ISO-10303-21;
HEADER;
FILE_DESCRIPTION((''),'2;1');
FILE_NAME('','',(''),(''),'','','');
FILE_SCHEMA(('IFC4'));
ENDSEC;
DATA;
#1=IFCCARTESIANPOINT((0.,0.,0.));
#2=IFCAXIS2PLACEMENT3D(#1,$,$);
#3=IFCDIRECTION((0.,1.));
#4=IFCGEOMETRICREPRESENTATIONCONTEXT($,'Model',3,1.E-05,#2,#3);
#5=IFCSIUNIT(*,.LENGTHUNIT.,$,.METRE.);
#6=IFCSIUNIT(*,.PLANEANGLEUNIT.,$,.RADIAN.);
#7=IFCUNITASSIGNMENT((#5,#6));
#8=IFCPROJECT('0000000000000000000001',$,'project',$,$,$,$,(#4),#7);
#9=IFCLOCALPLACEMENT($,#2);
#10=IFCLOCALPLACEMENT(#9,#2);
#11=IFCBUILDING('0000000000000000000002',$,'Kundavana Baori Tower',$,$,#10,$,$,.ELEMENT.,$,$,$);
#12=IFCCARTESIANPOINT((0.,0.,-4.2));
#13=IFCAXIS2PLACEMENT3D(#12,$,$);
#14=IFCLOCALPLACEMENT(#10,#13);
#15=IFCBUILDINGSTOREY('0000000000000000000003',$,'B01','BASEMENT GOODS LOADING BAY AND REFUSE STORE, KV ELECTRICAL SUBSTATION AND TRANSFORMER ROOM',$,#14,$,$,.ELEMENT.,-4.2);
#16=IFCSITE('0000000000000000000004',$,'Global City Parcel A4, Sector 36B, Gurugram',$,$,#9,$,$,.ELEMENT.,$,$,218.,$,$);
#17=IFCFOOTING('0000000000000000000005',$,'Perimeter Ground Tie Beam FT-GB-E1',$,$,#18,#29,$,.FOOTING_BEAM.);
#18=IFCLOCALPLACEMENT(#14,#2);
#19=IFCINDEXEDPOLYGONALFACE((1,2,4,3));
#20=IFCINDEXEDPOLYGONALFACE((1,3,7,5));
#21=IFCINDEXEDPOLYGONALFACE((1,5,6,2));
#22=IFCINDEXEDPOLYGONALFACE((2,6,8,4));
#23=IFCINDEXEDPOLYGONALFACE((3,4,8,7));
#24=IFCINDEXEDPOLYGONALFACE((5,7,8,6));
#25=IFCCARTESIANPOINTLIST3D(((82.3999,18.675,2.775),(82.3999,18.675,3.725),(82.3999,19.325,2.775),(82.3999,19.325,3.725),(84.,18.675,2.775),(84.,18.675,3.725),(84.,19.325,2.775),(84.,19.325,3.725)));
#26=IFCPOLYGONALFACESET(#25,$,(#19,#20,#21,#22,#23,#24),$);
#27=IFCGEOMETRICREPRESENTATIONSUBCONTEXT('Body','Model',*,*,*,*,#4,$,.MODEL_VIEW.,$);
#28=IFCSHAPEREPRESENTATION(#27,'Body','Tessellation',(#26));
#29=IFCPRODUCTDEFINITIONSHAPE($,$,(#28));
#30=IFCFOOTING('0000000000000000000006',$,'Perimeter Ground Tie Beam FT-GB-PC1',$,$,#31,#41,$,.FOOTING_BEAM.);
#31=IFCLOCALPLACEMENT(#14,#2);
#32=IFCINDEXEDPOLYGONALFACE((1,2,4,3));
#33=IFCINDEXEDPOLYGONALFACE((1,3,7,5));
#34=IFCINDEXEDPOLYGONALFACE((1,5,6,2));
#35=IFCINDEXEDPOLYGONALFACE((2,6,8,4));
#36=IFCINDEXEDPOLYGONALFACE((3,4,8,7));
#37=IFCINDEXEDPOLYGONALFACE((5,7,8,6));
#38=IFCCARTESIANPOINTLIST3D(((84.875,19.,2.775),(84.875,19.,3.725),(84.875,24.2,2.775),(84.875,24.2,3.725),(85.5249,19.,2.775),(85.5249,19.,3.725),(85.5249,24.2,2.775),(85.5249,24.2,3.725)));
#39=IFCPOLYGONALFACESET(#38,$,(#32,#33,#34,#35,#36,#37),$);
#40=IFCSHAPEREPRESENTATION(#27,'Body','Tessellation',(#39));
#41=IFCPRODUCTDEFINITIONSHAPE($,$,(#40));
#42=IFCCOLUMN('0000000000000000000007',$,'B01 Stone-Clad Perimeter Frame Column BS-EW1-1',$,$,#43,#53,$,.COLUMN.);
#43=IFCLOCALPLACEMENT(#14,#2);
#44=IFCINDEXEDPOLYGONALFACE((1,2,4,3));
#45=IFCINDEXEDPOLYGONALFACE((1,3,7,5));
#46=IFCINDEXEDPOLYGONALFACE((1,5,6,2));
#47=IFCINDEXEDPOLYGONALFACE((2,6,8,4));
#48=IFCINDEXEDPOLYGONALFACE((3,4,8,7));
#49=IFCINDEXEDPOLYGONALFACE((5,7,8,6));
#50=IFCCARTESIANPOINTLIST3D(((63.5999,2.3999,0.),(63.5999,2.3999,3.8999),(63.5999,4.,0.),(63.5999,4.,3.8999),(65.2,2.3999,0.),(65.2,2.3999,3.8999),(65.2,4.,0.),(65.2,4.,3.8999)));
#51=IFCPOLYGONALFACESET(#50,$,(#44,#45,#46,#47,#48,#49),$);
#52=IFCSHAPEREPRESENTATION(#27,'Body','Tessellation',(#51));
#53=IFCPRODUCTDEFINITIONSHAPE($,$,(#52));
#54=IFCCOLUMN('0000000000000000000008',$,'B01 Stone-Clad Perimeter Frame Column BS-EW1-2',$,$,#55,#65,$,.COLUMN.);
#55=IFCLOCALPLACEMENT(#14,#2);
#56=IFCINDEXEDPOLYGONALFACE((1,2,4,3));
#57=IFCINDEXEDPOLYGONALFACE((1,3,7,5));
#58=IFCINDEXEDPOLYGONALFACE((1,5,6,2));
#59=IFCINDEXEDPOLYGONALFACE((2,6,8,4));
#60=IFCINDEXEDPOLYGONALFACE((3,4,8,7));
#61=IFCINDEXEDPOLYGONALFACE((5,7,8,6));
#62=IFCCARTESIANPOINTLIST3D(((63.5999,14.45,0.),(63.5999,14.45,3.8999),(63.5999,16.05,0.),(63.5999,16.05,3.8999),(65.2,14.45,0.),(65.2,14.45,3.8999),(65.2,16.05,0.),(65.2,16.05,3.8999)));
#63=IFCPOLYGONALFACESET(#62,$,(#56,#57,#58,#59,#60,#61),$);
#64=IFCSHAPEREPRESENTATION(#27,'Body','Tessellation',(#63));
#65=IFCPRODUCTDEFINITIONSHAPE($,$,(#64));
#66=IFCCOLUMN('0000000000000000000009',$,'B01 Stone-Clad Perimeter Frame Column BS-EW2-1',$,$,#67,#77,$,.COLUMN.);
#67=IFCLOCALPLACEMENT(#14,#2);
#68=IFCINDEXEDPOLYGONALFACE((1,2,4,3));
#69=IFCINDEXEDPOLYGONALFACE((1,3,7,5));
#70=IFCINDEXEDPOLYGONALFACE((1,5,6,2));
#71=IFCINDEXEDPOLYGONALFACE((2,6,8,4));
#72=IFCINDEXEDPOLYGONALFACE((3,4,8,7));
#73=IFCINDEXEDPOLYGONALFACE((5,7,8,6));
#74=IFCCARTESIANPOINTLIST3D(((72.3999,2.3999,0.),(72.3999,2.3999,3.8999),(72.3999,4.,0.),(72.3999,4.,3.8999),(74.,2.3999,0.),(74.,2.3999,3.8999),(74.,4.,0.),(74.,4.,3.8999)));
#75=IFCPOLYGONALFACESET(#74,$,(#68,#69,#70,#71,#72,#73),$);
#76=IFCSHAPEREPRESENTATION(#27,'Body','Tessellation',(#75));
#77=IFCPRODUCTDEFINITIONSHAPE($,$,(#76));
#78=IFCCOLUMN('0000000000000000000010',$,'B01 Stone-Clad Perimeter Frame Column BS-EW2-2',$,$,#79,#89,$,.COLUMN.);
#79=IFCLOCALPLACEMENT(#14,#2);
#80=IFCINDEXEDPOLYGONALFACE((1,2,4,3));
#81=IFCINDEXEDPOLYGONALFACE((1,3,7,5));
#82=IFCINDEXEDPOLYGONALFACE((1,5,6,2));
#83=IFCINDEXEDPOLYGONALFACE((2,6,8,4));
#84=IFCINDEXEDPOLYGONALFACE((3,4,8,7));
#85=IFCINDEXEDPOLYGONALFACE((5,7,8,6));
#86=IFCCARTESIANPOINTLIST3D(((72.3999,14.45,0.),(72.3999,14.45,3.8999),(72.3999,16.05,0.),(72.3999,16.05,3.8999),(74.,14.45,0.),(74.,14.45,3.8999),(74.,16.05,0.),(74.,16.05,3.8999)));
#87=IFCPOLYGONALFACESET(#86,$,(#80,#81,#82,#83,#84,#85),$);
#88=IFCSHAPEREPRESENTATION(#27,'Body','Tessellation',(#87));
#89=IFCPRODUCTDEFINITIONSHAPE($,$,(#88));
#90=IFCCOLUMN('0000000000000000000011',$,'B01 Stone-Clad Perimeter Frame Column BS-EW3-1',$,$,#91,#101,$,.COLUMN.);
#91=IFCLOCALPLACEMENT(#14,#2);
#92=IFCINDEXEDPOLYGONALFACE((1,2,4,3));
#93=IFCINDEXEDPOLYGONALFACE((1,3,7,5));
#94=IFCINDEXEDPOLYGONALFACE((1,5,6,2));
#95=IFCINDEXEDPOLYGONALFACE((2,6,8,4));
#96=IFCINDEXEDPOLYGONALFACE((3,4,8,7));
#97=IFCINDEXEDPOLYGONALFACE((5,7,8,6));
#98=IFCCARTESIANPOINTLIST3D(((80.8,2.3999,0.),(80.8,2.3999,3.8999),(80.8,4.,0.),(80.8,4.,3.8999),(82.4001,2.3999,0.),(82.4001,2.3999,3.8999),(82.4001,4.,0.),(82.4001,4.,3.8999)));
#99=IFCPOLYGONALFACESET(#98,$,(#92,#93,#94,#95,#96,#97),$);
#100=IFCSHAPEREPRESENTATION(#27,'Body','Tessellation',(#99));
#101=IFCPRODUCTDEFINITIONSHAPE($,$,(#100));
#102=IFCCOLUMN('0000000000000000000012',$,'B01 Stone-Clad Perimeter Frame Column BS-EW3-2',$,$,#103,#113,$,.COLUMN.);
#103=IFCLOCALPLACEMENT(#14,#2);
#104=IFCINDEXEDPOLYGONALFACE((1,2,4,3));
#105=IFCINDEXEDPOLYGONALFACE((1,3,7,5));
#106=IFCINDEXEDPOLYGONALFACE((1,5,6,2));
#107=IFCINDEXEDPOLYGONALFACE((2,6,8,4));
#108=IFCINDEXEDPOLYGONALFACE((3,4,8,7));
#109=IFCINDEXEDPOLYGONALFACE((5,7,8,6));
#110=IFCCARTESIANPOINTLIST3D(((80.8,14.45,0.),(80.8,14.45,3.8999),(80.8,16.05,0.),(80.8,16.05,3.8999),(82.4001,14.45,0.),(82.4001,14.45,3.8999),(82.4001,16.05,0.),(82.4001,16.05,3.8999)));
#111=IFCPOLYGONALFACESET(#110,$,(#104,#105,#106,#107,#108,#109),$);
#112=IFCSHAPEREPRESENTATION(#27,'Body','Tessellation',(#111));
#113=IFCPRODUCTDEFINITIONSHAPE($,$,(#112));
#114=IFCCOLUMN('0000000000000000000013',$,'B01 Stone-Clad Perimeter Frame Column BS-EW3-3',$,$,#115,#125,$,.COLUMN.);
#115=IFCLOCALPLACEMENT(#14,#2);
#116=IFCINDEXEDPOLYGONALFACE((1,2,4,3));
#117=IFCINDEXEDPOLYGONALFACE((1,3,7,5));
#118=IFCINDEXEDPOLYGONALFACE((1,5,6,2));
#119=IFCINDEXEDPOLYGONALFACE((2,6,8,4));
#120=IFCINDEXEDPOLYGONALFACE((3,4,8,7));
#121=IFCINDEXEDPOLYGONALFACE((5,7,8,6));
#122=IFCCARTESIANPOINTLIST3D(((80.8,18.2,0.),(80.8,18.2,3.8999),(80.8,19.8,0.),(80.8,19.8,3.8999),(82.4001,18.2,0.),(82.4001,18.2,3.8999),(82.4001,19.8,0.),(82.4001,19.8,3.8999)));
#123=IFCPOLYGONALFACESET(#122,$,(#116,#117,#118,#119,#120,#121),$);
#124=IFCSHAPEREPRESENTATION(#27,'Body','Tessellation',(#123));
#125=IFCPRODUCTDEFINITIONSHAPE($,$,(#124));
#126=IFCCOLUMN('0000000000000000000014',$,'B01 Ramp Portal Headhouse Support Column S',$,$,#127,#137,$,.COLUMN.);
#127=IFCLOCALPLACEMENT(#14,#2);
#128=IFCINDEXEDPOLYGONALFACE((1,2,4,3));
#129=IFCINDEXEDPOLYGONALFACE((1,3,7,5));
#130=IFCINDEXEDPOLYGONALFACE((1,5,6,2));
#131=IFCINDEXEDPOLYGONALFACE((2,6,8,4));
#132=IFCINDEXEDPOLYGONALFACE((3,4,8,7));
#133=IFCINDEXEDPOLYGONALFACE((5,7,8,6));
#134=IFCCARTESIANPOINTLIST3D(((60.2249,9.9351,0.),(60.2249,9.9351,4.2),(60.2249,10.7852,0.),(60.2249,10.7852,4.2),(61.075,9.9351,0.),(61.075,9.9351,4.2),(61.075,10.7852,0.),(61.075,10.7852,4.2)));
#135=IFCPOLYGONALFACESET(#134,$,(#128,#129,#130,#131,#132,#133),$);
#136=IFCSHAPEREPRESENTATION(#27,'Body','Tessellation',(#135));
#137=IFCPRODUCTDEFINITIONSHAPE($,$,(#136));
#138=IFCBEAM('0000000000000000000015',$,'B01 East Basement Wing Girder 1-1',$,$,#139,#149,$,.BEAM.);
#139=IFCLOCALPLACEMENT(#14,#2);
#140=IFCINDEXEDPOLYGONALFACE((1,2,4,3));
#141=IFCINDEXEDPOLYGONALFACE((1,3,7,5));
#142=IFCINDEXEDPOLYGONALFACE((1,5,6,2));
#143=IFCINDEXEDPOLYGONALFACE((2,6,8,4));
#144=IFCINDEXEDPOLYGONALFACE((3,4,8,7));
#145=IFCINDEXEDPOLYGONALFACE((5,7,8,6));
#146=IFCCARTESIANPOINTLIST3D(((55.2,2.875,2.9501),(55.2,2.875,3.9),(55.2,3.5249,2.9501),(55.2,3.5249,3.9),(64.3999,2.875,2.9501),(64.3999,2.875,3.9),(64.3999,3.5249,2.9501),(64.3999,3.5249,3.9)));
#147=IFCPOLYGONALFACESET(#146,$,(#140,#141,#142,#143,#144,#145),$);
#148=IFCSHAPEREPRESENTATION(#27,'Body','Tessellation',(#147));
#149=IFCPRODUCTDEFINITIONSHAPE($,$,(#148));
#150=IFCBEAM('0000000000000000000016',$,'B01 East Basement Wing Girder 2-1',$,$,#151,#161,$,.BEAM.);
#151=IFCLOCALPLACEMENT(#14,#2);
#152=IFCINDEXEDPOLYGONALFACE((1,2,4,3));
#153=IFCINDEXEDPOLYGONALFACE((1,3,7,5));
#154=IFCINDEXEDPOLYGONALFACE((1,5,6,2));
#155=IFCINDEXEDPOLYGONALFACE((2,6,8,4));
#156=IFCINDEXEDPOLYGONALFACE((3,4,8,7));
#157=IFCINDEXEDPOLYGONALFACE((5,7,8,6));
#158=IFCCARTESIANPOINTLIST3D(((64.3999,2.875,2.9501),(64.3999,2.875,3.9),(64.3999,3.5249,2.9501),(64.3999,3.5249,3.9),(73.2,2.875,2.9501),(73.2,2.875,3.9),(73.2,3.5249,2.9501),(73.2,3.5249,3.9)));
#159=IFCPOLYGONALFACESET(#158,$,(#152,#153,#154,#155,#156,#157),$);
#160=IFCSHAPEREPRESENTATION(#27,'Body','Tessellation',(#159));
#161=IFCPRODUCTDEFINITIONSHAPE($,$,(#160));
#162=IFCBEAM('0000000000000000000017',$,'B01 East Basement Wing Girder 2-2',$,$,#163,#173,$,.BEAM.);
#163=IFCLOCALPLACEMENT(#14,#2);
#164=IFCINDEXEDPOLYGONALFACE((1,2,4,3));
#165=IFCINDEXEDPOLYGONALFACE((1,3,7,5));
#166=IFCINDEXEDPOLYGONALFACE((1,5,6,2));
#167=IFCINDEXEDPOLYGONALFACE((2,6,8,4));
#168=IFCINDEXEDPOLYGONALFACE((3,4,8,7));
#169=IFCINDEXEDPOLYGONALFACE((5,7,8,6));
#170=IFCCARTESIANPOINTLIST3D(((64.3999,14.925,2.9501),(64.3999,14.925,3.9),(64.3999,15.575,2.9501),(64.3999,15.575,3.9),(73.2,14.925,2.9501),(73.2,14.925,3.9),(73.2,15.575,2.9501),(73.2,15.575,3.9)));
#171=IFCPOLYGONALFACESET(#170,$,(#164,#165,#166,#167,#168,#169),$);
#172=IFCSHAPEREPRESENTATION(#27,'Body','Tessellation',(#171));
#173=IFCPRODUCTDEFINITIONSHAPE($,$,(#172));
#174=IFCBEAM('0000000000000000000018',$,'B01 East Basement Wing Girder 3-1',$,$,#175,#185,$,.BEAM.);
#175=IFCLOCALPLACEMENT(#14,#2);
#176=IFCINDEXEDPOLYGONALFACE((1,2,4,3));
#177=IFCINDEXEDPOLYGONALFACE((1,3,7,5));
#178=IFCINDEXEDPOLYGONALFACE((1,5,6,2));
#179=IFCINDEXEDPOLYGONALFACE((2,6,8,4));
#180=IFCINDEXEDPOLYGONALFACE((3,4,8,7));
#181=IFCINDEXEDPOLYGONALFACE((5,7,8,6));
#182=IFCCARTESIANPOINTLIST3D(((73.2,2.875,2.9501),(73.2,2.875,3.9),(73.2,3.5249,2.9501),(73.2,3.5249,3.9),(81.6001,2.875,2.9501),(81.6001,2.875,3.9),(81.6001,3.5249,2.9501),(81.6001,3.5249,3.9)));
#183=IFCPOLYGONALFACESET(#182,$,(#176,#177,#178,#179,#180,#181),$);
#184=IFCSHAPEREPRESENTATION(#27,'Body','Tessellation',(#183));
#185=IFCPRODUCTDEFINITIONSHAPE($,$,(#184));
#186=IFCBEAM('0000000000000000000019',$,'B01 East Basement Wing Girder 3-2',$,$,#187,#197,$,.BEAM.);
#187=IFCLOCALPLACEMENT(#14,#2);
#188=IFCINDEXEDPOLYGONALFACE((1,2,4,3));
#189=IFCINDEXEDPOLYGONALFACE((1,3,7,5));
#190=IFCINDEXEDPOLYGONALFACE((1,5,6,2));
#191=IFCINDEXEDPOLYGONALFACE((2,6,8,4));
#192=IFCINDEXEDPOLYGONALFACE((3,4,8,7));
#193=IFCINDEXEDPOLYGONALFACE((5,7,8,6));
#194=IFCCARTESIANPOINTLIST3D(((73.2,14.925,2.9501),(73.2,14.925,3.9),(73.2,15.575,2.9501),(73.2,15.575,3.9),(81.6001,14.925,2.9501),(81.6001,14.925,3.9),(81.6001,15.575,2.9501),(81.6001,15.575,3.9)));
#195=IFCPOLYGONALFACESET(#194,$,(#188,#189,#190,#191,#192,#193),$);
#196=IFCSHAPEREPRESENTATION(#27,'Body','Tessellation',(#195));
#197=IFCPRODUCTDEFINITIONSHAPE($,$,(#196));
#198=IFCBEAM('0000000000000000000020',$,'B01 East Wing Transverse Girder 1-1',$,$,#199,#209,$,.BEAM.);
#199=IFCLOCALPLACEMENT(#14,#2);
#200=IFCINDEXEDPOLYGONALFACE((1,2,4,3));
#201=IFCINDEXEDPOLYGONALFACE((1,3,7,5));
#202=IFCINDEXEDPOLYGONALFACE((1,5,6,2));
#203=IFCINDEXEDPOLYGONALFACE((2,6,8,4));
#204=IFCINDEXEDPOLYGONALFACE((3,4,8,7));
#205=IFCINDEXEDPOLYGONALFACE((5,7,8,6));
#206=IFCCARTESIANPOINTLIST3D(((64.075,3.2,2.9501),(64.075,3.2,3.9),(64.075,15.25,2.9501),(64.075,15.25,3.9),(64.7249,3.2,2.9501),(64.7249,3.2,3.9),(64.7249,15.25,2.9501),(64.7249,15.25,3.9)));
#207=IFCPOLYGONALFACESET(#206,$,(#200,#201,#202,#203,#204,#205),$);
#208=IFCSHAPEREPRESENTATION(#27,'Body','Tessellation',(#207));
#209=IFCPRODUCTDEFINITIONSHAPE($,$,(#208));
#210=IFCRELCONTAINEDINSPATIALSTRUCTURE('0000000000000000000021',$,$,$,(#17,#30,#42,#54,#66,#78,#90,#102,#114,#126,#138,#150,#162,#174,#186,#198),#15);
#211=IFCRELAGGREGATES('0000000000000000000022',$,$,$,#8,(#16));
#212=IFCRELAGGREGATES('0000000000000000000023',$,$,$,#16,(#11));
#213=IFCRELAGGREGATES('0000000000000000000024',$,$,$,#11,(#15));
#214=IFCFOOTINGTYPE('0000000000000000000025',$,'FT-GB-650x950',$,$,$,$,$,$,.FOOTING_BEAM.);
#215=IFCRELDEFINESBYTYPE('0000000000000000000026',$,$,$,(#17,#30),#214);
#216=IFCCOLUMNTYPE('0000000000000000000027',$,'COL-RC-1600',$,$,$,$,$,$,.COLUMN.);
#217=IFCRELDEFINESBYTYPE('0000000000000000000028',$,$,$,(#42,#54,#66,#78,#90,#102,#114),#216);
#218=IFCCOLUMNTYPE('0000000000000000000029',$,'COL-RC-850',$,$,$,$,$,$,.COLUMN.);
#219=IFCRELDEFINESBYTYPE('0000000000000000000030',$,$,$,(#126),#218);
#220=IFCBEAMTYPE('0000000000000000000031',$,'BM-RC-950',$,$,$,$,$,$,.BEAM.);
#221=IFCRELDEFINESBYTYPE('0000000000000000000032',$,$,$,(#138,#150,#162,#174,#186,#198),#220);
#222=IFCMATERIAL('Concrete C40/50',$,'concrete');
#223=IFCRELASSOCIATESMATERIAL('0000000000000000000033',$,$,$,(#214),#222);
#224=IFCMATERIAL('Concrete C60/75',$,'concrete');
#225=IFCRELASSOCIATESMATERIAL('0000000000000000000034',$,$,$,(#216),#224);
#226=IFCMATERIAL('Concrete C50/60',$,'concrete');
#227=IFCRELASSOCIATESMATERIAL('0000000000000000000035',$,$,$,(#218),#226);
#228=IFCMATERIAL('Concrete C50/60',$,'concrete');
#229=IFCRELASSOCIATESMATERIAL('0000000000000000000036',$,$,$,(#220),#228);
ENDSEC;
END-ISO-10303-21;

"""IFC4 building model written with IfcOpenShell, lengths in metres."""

from ifc_helpers import new_model, si_unit, direction, frame, origin, origin_2d, place, context, subcontext, project, spatial, rectangle, extrude, material, material_profile, profile_set, type_object, element, save


model = new_model("IFC4")

# Units and contexts
model_context = context("Model", 3, precision=1e-05, world=origin(), true_north=direction((0.0, 1.0)))
body_context = subcontext(model_context, "Body", "Model", "MODEL_VIEW")
ifc_project = project(units=[si_unit("LENGTHUNIT", "METRE"), si_unit("PLANEANGLEUNIT", "RADIAN")], contexts=[model_context])

# Site, building, storey
site_placement = place(None, origin())
site = spatial("IfcSite", under=ifc_project, at=site_placement, Name="Global City Parcel A4, Sector 36B, Gurugram", CompositionType="ELEMENT", RefElevation=218.0)
building_placement = place(site_placement, origin())
building = spatial("IfcBuilding", under=site, at=building_placement, Name="Kundavana Baori Tower", CompositionType="ELEMENT")
storey_placement = place(building_placement, frame((0.0, 0.0, -4.2)))
storey = spatial("IfcBuildingStorey", under=building, at=storey_placement, Name="B01", Description="BASEMENT GOODS LOADING BAY AND REFUSE STORE, KV ELECTRICAL SUBSTATION AND TRANSFORMER ROOM", CompositionType="ELEMENT", Elevation=-4.2)

# Footings
ifc_material_1 = material(Name="Concrete C40/50", Category="concrete")
ifc_material_profile_1 = material_profile(ifc_material_1, rectangle(XDim=0.6499, YDim=0.95, at=origin_2d()), Name="RC BM 650x950")
ifc_profile_set_1 = profile_set([ifc_material_profile_1], Name="Concrete C40/50")
footing_type = type_object("IfcFootingType", Name="FT-GB-650x950", PredefinedType="FOOTING_BEAM", material=ifc_profile_set_1)
footing_1_placement = place(storey_placement, frame((82.3999, 19.0, 3.25), z_axis=(1.0, 0.0, 0.0), x_axis=(0.0, 1.0, 0.0)))
element("IfcFooting", 1, at=footing_1_placement, inside=storey, type_object=footing_type, Name="Perimeter Ground Tie Beam FT-GB-E1", PredefinedType="FOOTING_BEAM", context=body_context, shape_type="SweptSolid", body=[
    extrude(rectangle(XDim=0.6499, YDim=0.95, at=origin_2d()), origin(), (0.0, 0.0, 1.0), 1.6001),
])
footing_2_placement = place(storey_placement, frame((85.2, 19.0, 3.25), z_axis=(0.0, 1.0, 0.0), x_axis=(-1.0, 0.0, 0.0)))
element("IfcFooting", 2, at=footing_2_placement, inside=storey, type_object=footing_type, Name="Perimeter Ground Tie Beam FT-GB-PC1", PredefinedType="FOOTING_BEAM", context=body_context, shape_type="SweptSolid", body=[
    extrude(rectangle(XDim=0.6499, YDim=0.95, at=origin_2d()), origin(), (0.0, 0.0, 1.0), 5.2),
])

# Columns
ifc_material_2 = material(Name="Concrete C60/75", Category="concrete")
ifc_material_profile_2 = material_profile(ifc_material_2, rectangle(XDim=1.6001, YDim=1.6001, at=origin_2d()), Name="RC 1600x1600")
ifc_profile_set_2 = profile_set([ifc_material_profile_2], Name="Concrete C60/75")
column_type_1 = type_object("IfcColumnType", Name="COL-RC-1600", PredefinedType="COLUMN", material=ifc_profile_set_2)
for number, where, z_axis, x_axis, name in (
    (3, (64.3999, 3.2, 0.0), (0.0, 0.0, 1.0), (1.0, 0.0, 0.0), "B01 Stone-Clad Perimeter Frame Column BS-EW1-1"),
    (4, (64.3999, 15.25, 0.0), (0.0, 0.0, 1.0), (1.0, 0.0, 0.0), "B01 Stone-Clad Perimeter Frame Column BS-EW1-2"),
    (5, (73.2, 3.2, 0.0), (0.0, 0.0, 1.0), (1.0, 0.0, 0.0), "B01 Stone-Clad Perimeter Frame Column BS-EW2-1"),
    (6, (73.2, 15.25, 0.0), (0.0, 0.0, 1.0), (1.0, 0.0, 0.0), "B01 Stone-Clad Perimeter Frame Column BS-EW2-2"),
    (7, (81.6001, 3.2, 0.0), (0.0, 0.0, 1.0), (1.0, 0.0, 0.0), "B01 Stone-Clad Perimeter Frame Column BS-EW3-1"),
    (8, (81.6001, 15.25, 0.0), (0.0, 0.0, 1.0), (1.0, 0.0, 0.0), "B01 Stone-Clad Perimeter Frame Column BS-EW3-2"),
    (9, (81.6001, 19.0, 0.0), (0.0, 0.0, 1.0), (1.0, 0.0, 0.0), "B01 Stone-Clad Perimeter Frame Column BS-EW3-3"),
):
    element("IfcColumn", number, at=place(storey_placement, frame(where, z_axis=z_axis, x_axis=x_axis)), inside=storey, type_object=column_type_1, Name=name, PredefinedType="COLUMN", context=body_context, shape_type="SweptSolid", body=[
        extrude(rectangle(XDim=1.6001, YDim=1.6001, at=origin_2d()), origin(), (0.0, 0.0, 1.0), 3.8999),
    ])
ifc_material_3 = material(Name="Concrete C50/60", Category="concrete")
ifc_material_profile_3 = material_profile(ifc_material_3, rectangle(XDim=0.8501, YDim=0.8501, at=origin_2d()), Name="RC 850x850")
ifc_profile_set_3 = profile_set([ifc_material_profile_3], Name="Concrete C50/60")
column_type_2 = type_object("IfcColumnType", Name="COL-RC-850", PredefinedType="COLUMN", material=ifc_profile_set_3)
column_placement = place(storey_placement, frame((60.6499, 10.3601, 0.0), z_axis=(0.0, 0.0, 1.0), x_axis=(1.0, 0.0, 0.0)))
element("IfcColumn", 10, at=column_placement, inside=storey, type_object=column_type_2, Name="B01 Ramp Portal Headhouse Support Column S", PredefinedType="COLUMN", context=body_context, shape_type="SweptSolid", body=[
    extrude(rectangle(XDim=0.8501, YDim=0.8501, at=origin_2d()), origin(), (0.0, 0.0, 1.0), 4.2),
])

# Beams
ifc_material_4 = material(Name="Concrete C50/60", Category="concrete")
ifc_material_profile_4 = material_profile(ifc_material_4, rectangle(XDim=0.6499, YDim=0.95, at=origin_2d()), Name="RC BM 650x950")
ifc_profile_set_4 = profile_set([ifc_material_profile_4], Name="Concrete C50/60")
beam_type = type_object("IfcBeamType", Name="BM-RC-950", PredefinedType="BEAM", material=ifc_profile_set_4)
beam_1_placement = place(storey_placement, frame((55.2, 3.2, 3.425), z_axis=(1.0, 0.0, 0.0), x_axis=(0.0, 1.0, 0.0)))
element("IfcBeam", 11, at=beam_1_placement, inside=storey, type_object=beam_type, Name="B01 East Basement Wing Girder 1-1", PredefinedType="BEAM", context=body_context, shape_type="SweptSolid", body=[
    extrude(rectangle(XDim=0.6499, YDim=0.95, at=origin_2d()), origin(), (0.0, 0.0, 1.0), 9.2),
])
for number, where, z_axis, x_axis, name in (
    (12, (64.3999, 3.2, 3.425), (1.0, 0.0, 0.0), (0.0, 1.0, 0.0), "B01 East Basement Wing Girder 2-1"),
    (13, (64.3999, 15.25, 3.425), (1.0, 0.0, 0.0), (0.0, 1.0, 0.0), "B01 East Basement Wing Girder 2-2"),
):
    element("IfcBeam", number, at=place(storey_placement, frame(where, z_axis=z_axis, x_axis=x_axis)), inside=storey, type_object=beam_type, Name=name, PredefinedType="BEAM", context=body_context, shape_type="SweptSolid", body=[
        extrude(rectangle(XDim=0.6499, YDim=0.95, at=origin_2d()), origin(), (0.0, 0.0, 1.0), 8.8),
    ])
for number, where, z_axis, x_axis, name in (
    (14, (73.2, 3.2, 3.425), (1.0, 0.0, 0.0), (0.0, 1.0, 0.0), "B01 East Basement Wing Girder 3-1"),
    (15, (73.2, 15.25, 3.425), (1.0, 0.0, 0.0), (0.0, 1.0, 0.0), "B01 East Basement Wing Girder 3-2"),
):
    element("IfcBeam", number, at=place(storey_placement, frame(where, z_axis=z_axis, x_axis=x_axis)), inside=storey, type_object=beam_type, Name=name, PredefinedType="BEAM", context=body_context, shape_type="SweptSolid", body=[
        extrude(rectangle(XDim=0.6499, YDim=0.95, at=origin_2d()), origin(), (0.0, 0.0, 1.0), 8.4001),
    ])
beam_2_placement = place(storey_placement, frame((64.3999, 3.2, 3.425), z_axis=(0.0, 1.0, 0.0), x_axis=(-1.0, 0.0, 0.0)))
element("IfcBeam", 16, at=beam_2_placement, inside=storey, type_object=beam_type, Name="B01 East Wing Transverse Girder 1-1", PredefinedType="BEAM", context=body_context, shape_type="SweptSolid", body=[
    extrude(rectangle(XDim=0.6499, YDim=0.95, at=origin_2d()), origin(), (0.0, 0.0, 1.0), 12.05),
])

save(model, "model.ifc")
